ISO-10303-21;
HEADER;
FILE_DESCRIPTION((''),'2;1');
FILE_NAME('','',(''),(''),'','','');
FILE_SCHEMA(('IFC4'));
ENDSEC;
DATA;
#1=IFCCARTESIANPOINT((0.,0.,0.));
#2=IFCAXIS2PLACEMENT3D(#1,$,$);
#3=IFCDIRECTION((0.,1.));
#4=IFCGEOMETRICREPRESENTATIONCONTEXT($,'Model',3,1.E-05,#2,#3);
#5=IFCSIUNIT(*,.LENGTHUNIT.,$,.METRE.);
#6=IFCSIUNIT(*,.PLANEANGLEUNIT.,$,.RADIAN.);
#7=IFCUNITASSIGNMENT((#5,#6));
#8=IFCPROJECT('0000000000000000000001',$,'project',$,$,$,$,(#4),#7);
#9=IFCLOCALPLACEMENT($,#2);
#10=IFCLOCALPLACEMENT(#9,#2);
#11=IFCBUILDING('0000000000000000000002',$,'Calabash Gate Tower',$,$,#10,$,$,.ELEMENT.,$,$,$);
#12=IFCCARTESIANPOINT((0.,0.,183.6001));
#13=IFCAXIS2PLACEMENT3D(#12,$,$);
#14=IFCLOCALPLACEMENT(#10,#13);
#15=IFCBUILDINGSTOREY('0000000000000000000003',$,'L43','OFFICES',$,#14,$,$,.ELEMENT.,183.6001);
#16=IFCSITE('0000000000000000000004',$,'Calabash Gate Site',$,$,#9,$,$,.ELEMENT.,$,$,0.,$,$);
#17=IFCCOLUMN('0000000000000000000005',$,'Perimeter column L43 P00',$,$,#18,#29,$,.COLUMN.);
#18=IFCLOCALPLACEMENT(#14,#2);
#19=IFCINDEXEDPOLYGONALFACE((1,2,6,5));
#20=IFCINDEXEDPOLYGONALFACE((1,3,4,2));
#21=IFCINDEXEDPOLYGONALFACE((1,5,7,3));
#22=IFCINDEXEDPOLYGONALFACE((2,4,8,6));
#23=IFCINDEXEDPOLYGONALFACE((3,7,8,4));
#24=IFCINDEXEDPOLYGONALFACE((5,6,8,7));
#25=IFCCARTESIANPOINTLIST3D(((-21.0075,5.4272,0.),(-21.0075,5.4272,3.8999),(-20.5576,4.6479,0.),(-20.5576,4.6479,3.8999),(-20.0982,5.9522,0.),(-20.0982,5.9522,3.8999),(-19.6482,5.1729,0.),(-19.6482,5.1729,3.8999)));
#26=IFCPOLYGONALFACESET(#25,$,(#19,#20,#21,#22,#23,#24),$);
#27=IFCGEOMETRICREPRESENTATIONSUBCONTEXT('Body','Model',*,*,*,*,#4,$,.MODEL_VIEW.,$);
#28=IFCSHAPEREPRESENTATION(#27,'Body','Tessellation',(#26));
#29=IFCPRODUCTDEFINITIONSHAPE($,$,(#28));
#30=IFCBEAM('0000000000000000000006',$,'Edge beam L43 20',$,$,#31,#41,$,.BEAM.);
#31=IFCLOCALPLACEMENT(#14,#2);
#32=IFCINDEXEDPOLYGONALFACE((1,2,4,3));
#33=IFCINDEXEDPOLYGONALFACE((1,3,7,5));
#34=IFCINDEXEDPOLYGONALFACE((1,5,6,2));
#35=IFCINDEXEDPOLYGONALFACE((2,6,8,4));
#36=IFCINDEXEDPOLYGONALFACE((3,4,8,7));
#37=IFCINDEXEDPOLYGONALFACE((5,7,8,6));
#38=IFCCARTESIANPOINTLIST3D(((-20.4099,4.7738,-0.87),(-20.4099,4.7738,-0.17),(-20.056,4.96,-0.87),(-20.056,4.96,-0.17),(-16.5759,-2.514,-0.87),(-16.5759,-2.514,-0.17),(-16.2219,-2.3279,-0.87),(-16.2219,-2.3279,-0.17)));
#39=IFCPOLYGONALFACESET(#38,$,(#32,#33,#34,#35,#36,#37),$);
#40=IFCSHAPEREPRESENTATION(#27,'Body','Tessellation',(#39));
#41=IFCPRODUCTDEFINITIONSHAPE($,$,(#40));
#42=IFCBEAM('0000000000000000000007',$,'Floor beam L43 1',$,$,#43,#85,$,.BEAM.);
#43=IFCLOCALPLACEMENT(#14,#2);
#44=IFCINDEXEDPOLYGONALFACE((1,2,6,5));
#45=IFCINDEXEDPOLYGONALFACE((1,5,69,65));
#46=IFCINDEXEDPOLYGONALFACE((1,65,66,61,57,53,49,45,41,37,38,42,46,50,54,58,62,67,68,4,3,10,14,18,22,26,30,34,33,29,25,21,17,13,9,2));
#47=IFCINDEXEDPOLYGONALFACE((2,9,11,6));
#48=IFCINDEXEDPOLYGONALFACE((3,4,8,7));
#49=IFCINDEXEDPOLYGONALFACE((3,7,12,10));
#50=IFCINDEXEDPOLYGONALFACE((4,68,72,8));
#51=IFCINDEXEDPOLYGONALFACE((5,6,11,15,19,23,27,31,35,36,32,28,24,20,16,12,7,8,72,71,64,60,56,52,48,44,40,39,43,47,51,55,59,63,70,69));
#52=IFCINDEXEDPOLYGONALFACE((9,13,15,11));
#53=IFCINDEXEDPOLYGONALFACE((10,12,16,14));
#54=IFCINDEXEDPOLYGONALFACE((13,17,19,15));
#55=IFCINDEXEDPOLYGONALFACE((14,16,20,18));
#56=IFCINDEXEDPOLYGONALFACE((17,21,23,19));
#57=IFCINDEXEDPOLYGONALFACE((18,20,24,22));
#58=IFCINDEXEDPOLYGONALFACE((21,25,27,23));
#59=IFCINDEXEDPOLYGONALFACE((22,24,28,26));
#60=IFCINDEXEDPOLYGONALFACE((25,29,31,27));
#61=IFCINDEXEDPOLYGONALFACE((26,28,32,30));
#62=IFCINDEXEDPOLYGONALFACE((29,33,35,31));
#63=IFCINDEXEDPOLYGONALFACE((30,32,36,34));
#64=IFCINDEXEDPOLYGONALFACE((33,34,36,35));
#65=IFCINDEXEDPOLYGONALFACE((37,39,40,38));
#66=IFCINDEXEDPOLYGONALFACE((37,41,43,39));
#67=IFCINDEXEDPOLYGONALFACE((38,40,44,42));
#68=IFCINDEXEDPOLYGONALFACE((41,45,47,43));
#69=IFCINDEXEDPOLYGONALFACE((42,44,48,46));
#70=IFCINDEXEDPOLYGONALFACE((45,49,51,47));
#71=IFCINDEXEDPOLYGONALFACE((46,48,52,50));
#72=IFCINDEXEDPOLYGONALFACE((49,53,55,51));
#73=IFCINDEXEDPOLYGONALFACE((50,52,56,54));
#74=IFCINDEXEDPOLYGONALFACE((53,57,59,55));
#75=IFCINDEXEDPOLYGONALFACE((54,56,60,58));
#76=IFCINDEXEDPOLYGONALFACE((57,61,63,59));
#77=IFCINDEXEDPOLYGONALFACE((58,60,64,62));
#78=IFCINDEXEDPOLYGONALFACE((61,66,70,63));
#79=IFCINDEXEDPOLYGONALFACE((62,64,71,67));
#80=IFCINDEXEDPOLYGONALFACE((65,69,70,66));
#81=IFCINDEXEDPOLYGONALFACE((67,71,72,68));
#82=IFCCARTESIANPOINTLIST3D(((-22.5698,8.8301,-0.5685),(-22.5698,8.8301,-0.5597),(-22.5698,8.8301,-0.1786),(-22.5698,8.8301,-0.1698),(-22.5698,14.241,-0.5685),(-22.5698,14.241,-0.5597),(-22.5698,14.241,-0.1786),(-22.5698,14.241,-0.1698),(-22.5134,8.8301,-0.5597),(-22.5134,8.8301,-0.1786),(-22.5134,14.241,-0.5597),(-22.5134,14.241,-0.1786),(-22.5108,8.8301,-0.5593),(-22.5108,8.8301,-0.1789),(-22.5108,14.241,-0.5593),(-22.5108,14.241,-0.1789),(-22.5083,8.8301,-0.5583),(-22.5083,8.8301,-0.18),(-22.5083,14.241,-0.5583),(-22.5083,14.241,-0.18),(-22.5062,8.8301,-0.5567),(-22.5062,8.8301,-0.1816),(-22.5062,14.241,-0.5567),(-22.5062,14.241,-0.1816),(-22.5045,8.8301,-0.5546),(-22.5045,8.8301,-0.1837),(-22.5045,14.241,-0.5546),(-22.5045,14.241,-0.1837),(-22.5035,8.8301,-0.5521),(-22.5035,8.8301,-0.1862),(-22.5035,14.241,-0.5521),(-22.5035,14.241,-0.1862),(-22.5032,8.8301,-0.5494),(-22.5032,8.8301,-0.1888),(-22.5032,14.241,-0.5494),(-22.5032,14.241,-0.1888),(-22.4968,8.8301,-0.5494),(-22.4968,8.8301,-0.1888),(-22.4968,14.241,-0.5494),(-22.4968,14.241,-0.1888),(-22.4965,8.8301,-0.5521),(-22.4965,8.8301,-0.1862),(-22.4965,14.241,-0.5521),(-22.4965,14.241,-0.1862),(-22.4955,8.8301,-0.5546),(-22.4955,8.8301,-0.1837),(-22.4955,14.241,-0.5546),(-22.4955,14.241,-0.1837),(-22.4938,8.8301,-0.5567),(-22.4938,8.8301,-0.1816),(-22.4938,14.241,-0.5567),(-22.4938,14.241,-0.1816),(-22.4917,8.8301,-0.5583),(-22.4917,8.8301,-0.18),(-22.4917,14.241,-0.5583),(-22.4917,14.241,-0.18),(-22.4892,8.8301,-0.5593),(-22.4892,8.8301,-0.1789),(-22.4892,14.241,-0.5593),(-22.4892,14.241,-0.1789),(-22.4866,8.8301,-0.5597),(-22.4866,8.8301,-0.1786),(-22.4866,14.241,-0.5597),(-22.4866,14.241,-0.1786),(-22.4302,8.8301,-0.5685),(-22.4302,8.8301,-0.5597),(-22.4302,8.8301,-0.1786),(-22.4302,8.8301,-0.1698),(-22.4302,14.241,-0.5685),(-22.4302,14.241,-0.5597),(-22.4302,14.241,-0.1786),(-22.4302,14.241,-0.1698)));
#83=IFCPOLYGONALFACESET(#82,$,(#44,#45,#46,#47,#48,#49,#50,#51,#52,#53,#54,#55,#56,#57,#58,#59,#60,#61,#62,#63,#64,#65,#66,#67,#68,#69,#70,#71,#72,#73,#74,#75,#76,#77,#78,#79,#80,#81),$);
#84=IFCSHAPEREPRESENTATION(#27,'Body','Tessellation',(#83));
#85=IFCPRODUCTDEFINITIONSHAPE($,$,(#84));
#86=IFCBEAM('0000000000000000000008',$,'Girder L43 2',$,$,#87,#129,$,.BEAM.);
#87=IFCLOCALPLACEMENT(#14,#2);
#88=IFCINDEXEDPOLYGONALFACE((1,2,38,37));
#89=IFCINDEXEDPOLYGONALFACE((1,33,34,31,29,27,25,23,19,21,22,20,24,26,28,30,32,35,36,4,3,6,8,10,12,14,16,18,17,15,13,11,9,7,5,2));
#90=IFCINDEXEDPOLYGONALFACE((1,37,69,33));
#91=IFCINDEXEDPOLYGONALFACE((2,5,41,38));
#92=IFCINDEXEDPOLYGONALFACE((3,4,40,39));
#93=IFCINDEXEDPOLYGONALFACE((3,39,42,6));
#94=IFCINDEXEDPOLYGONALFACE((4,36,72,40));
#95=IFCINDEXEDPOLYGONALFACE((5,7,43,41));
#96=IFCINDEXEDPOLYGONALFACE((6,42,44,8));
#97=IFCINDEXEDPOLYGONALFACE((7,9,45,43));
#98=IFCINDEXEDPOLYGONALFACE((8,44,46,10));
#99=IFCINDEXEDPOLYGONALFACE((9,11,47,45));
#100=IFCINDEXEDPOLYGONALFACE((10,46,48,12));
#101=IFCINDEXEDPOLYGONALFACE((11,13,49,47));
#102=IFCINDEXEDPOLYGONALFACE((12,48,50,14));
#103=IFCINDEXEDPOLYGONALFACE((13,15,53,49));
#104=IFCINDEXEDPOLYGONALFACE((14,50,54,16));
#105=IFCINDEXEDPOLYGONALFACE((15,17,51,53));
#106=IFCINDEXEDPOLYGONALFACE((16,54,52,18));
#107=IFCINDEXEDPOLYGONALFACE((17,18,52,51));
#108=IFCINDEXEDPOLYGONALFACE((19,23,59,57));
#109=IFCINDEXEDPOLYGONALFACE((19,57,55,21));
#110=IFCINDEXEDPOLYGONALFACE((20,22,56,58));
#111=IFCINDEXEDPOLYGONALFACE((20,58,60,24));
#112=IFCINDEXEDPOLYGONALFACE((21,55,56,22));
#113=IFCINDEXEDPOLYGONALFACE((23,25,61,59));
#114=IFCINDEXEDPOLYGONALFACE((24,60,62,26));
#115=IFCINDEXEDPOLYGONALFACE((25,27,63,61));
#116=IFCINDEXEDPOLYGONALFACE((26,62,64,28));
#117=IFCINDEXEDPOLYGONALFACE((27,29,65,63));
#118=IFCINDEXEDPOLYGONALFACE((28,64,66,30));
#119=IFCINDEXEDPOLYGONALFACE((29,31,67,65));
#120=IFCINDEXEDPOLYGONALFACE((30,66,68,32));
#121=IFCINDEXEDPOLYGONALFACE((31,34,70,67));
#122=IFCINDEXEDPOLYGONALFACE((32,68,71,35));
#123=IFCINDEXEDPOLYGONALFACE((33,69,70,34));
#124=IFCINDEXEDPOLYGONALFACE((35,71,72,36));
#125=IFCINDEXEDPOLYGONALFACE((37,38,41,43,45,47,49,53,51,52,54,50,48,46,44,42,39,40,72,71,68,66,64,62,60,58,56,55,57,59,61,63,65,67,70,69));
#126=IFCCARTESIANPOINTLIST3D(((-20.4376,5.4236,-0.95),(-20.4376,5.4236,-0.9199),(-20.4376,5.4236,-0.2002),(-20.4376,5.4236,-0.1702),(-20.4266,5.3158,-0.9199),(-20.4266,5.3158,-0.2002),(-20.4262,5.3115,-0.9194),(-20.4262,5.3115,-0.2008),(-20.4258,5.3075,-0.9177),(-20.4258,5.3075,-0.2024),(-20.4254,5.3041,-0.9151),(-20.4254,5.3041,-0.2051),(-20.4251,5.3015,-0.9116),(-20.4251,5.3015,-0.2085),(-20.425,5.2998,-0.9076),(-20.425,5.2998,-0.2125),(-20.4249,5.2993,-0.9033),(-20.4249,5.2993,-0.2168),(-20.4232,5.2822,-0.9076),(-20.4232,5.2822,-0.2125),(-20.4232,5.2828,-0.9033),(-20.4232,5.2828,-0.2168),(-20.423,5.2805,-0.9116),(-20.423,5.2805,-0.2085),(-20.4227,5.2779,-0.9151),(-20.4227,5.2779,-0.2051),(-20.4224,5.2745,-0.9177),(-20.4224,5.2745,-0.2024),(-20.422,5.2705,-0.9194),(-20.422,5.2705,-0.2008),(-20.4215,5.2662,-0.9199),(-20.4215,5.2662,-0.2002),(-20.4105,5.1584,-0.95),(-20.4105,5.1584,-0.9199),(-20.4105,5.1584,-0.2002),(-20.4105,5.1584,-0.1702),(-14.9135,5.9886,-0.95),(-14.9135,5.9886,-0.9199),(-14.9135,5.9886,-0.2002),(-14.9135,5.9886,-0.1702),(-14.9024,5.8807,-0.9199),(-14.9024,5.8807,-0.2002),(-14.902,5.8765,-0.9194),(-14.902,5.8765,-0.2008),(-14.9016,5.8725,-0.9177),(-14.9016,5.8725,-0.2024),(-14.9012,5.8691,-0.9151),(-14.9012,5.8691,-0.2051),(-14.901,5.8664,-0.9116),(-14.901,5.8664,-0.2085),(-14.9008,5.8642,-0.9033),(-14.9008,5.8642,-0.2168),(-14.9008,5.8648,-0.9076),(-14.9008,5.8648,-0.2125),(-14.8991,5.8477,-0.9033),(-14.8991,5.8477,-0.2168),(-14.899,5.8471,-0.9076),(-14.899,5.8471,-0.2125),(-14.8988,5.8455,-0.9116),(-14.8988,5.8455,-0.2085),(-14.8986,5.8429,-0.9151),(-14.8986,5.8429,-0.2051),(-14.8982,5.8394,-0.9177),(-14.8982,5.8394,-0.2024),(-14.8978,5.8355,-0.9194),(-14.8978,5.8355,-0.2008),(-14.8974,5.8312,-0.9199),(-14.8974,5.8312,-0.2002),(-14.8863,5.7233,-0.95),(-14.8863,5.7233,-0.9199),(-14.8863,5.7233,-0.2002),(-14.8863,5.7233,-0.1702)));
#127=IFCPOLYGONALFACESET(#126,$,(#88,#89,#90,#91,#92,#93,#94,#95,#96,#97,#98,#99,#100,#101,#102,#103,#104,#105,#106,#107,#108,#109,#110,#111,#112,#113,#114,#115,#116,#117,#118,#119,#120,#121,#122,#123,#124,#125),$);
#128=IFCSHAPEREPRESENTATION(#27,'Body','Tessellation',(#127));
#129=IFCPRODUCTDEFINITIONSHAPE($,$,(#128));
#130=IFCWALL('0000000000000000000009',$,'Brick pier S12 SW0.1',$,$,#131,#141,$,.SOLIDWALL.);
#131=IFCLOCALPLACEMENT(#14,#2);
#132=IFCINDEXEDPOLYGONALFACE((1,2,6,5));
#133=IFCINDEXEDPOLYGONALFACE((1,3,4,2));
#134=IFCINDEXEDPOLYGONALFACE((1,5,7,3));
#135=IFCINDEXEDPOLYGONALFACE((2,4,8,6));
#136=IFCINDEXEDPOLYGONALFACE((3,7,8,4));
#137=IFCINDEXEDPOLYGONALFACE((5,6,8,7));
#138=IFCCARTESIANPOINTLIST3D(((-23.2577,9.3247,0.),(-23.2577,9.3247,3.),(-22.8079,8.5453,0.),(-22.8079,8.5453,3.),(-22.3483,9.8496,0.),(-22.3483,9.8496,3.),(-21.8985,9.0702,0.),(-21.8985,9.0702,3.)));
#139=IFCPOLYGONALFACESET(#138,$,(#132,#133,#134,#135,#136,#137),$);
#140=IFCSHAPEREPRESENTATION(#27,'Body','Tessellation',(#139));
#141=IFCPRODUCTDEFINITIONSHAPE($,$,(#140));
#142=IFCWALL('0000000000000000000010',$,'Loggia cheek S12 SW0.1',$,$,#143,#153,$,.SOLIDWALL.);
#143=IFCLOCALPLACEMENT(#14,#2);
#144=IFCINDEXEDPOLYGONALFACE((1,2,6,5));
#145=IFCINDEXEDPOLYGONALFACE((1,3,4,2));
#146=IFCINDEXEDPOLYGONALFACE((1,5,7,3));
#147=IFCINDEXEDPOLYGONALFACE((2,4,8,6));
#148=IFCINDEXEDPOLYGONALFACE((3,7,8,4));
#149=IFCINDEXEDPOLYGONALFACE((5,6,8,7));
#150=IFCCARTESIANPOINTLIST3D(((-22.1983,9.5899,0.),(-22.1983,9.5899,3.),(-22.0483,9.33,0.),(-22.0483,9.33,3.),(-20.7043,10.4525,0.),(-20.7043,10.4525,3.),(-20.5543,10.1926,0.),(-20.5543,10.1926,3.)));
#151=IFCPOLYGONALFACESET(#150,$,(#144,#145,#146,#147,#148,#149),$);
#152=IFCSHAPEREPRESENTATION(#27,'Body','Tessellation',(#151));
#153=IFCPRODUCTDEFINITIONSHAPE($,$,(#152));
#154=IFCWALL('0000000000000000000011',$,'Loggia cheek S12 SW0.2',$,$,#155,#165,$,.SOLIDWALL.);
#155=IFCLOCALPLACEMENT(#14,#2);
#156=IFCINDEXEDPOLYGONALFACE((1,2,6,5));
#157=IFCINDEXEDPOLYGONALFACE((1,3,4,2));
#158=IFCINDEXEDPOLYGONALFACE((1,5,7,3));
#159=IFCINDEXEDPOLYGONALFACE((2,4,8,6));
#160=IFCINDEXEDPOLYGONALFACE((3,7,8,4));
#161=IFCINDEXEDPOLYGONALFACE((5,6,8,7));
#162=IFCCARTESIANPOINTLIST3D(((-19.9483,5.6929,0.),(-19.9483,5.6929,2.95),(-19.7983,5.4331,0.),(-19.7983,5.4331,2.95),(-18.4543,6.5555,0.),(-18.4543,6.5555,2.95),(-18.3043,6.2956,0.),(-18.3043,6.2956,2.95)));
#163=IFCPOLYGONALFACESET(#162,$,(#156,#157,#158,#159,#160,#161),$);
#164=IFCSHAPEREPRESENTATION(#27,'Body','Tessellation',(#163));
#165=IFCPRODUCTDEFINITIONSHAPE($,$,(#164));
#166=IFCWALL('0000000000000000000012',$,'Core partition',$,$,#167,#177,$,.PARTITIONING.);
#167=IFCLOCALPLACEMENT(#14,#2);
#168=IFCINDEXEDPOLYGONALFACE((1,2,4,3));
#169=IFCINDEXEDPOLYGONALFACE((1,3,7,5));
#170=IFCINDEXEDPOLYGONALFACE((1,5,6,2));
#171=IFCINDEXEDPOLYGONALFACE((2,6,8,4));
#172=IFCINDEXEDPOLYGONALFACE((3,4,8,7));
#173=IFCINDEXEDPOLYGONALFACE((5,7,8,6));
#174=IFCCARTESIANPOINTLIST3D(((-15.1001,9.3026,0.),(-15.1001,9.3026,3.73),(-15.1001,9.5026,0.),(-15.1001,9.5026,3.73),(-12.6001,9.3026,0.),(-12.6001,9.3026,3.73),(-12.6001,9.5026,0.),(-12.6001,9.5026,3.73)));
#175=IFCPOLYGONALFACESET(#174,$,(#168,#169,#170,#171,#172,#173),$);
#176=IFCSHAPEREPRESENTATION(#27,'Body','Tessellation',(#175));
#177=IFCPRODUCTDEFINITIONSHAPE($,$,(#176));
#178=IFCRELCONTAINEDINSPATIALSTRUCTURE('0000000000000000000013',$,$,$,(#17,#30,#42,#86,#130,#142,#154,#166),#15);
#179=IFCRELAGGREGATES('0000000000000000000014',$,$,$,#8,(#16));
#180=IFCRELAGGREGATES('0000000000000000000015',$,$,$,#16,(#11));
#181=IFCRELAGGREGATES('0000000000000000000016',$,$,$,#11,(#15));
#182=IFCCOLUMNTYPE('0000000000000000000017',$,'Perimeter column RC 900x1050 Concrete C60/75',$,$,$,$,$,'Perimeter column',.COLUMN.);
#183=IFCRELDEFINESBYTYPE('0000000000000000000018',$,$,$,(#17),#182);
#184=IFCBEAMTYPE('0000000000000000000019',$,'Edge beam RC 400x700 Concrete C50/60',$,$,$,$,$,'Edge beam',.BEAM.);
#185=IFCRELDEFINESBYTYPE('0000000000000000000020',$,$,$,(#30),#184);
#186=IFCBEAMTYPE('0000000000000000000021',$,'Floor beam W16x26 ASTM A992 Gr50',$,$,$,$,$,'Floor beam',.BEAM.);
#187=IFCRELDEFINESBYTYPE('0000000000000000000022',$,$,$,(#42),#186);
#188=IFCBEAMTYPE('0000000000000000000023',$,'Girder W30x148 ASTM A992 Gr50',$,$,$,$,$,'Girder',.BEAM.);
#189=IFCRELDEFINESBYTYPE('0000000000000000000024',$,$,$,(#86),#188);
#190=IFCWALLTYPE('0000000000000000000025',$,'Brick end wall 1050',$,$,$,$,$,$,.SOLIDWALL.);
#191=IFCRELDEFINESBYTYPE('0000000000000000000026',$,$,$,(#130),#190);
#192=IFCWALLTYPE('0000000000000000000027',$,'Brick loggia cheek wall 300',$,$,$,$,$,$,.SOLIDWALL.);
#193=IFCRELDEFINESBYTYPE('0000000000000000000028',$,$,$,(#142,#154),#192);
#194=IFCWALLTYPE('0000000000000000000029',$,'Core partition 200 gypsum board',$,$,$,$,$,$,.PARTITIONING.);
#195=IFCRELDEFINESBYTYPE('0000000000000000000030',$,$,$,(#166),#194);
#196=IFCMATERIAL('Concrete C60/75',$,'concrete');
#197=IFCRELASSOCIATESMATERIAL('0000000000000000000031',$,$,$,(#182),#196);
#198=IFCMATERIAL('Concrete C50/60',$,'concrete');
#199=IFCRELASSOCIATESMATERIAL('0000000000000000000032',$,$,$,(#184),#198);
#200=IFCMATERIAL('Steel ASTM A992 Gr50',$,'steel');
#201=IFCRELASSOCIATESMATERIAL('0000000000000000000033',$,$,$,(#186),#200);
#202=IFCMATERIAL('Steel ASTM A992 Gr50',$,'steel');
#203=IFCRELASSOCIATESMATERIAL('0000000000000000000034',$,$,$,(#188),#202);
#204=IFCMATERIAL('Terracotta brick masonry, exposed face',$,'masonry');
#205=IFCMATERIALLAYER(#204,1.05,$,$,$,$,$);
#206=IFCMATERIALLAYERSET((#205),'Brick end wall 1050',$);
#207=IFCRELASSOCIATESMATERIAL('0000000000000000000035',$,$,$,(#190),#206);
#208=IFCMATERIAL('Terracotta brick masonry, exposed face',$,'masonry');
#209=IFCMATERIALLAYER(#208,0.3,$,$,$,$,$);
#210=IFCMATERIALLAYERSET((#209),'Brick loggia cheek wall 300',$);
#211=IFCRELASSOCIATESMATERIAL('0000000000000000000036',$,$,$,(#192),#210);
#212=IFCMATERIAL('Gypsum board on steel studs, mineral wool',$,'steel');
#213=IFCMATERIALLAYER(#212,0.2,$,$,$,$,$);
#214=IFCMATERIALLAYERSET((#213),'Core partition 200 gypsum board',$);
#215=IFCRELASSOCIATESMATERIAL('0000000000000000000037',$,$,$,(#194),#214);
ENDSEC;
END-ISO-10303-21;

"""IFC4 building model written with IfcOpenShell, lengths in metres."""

from ifc_helpers import new_model, si_unit, direction, frame, frame_2d, origin, origin_2d, place, context, subcontext, project, spatial, rectangle, i_section, extrude, material, layer, layer_set, material_profile, profile_set, type_object, element, save


model = new_model("IFC4")

# Units and contexts
model_context = context("Model", 3, precision=1e-05, world=origin(), true_north=direction((0.0, 1.0)))
body_context = subcontext(model_context, "Body", "Model", "MODEL_VIEW")
ifc_project = project(units=[si_unit("LENGTHUNIT", "METRE"), si_unit("PLANEANGLEUNIT", "RADIAN")], contexts=[model_context])

# Site, building, storey
site_placement = place(None, origin())
site = spatial("IfcSite", under=ifc_project, at=site_placement, Name="Calabash Gate Site", CompositionType="ELEMENT", RefElevation=0.0)
building_placement = place(site_placement, origin())
building = spatial("IfcBuilding", under=site, at=building_placement, Name="Calabash Gate Tower", CompositionType="ELEMENT")
storey_placement = place(building_placement, frame((0.0, 0.0, 183.6001)))
storey = spatial("IfcBuildingStorey", under=building, at=storey_placement, Name="L43", Description="OFFICES", CompositionType="ELEMENT", Elevation=183.6001)

# Column
ifc_material_1 = material(Name="Concrete C60/75", Category="concrete")
ifc_material_profile_1 = material_profile(ifc_material_1, rectangle(XDim=0.8999, YDim=1.05, at=origin_2d()))
ifc_profile_set_1 = profile_set([ifc_material_profile_1], Name="Concrete C60/75")
column_type = type_object("IfcColumnType", Name="Perimeter column RC 900x1050 Concrete C60/75", ElementType="Perimeter column", PredefinedType="COLUMN", material=ifc_profile_set_1)
column_placement = place(storey_placement, frame((-20.3279, 5.3, 0.0), z_axis=(0.0, 0.0, 1.0), x_axis=(0.5, -0.866025, 0.0)))
element("IfcColumn", 1, at=column_placement, inside=storey, type_object=column_type, Name="Perimeter column L43 P00", PredefinedType="COLUMN", context=body_context, shape_type="SweptSolid", body=[
    extrude(rectangle(XDim=0.8999, YDim=1.05, at=origin_2d()), origin(), (0.0, 0.0, 1.0), 3.8999),
])

# Beams
ifc_material_2 = material(Name="Concrete C50/60", Category="concrete")
ifc_material_profile_2 = material_profile(ifc_material_2, rectangle(XDim=0.3999, YDim=0.7, at=origin_2d()))
ifc_profile_set_2 = profile_set([ifc_material_profile_2], Name="Concrete C50/60")
beam_type_1 = type_object("IfcBeamType", Name="Edge beam RC 400x700 Concrete C50/60", ElementType="Edge beam", PredefinedType="BEAM", material=ifc_profile_set_2)
beam_1_placement = place(storey_placement, frame((-20.2329, 4.8669, -0.52), z_axis=(0.465583, -0.885004, 0.0), x_axis=(0.885004, 0.465583, 0.0)))
element("IfcBeam", 2, at=beam_1_placement, inside=storey, type_object=beam_type_1, Name="Edge beam L43 20", PredefinedType="BEAM", context=body_context, shape_type="SweptSolid", body=[
    extrude(rectangle(XDim=0.3999, YDim=0.7, at=origin_2d()), origin(), (0.0, 0.0, 1.0), 8.2349),
])
ifc_material_3 = material(Name="Steel ASTM A992 Gr50", Category="steel")
ifc_material_profile_3 = material_profile(ifc_material_3, i_section(OverallWidth=0.1396, OverallDepth=0.3987, WebThickness=0.0063, FlangeThickness=0.0088, FilletRadius=0.0103, at=origin_2d()))
ifc_profile_set_3 = profile_set([ifc_material_profile_3], Name="Steel ASTM A992 Gr50")
beam_type_2 = type_object("IfcBeamType", Name="Floor beam W16x26 ASTM A992 Gr50", ElementType="Floor beam", PredefinedType="BEAM", material=ifc_profile_set_3)
beam_2_placement = place(storey_placement, frame((-22.5, 8.8301, -0.3691), z_axis=(0.0, 1.0, 0.0), x_axis=(-1.0, 0.0, 0.0)))
element("IfcBeam", 3, at=beam_2_placement, inside=storey, type_object=beam_type_2, Name="Floor beam L43 1", PredefinedType="BEAM", context=body_context, shape_type="SweptSolid", body=[
    extrude(i_section(OverallWidth=0.1396, OverallDepth=0.3987, WebThickness=0.0063, FlangeThickness=0.0088, FilletRadius=0.0103, at=origin_2d()), origin(), (0.0, 0.0, 1.0), 5.4109),
])
ifc_material_4 = material(Name="Steel ASTM A992 Gr50", Category="steel")
ifc_material_profile_4 = material_profile(ifc_material_4, i_section(OverallWidth=0.2666, OverallDepth=0.7798, WebThickness=0.0166, FlangeThickness=0.03, FilletRadius=0.0166, at=origin_2d()))
ifc_profile_set_4 = profile_set([ifc_material_profile_4], Name="Steel ASTM A992 Gr50")
beam_type_3 = type_object("IfcBeamType", Name="Girder W30x148 ASTM A992 Gr50", ElementType="Girder", PredefinedType="BEAM", material=ifc_profile_set_4)
beam_3_placement = place(storey_placement, frame((-20.4241, 5.291, -0.5601), z_axis=(0.994811, 0.101737, 0.0), x_axis=(-0.101737, 0.994811, 0.0)))
element("IfcBeam", 4, at=beam_3_placement, inside=storey, type_object=beam_type_3, Name="Girder L43 2", PredefinedType="BEAM", context=body_context, shape_type="SweptSolid", body=[
    extrude(i_section(OverallWidth=0.2666, OverallDepth=0.7798, WebThickness=0.0166, FlangeThickness=0.03, FilletRadius=0.0166, at=origin_2d()), origin(), (0.0, 0.0, 1.0), 5.553),
])

# Walls
ifc_material_5 = material(Name="Terracotta brick masonry, exposed face", Category="masonry")
ifc_layer_1 = layer(ifc_material_5, 1.05)
ifc_layer_set_1 = layer_set([ifc_layer_1], Name="Brick end wall 1050")
wall_type_1 = type_object("IfcWallType", Name="Brick end wall 1050", PredefinedType="SOLIDWALL", material=ifc_layer_set_1)
wall_1_placement = place(storey_placement, frame((-23.0327, 8.9351, 0.0), z_axis=(0.0, 0.0, 1.0), x_axis=(0.866089, 0.49989, 0.0)))
element("IfcWall", 5, at=wall_1_placement, inside=storey, type_object=wall_type_1, Name="Brick pier S12 SW0.1", PredefinedType="SOLIDWALL", context=body_context, shape_type="SweptSolid", body=[
    extrude(rectangle(XDim=1.05, YDim=0.8999, at=frame_2d((0.5249, 0.0))), origin(), (0.0, 0.0, 1.0), 3.0),
])
ifc_material_6 = material(Name="Terracotta brick masonry, exposed face", Category="masonry")
ifc_layer_2 = layer(ifc_material_6, 0.3)
ifc_layer_set_2 = layer_set([ifc_layer_2], Name="Brick loggia cheek wall 300")
wall_type_2 = type_object("IfcWallType", Name="Brick loggia cheek wall 300", PredefinedType="SOLIDWALL", material=ifc_layer_set_2)
wall_2_placement = place(storey_placement, frame((-22.1233, 9.46, 0.0), z_axis=(0.0, 0.0, 1.0), x_axis=(0.866014, 0.500021, 0.0)))
element("IfcWall", 6, at=wall_2_placement, inside=storey, type_object=wall_type_2, Name="Loggia cheek S12 SW0.1", PredefinedType="SOLIDWALL", context=body_context, shape_type="SweptSolid", body=[
    extrude(rectangle(XDim=1.7251, YDim=0.3, at=frame_2d((0.8625, 0.0))), origin(), (0.0, 0.0, 1.0), 3.0),
])
wall_3_placement = place(storey_placement, frame((-19.8733, 5.563, 0.0), z_axis=(0.0, 0.0, 1.0), x_axis=(0.866014, 0.500021, 0.0)))
element("IfcWall", 7, at=wall_3_placement, inside=storey, type_object=wall_type_2, Name="Loggia cheek S12 SW0.2", PredefinedType="SOLIDWALL", context=body_context, shape_type="SweptSolid", body=[
    extrude(rectangle(XDim=1.7251, YDim=0.3, at=frame_2d((0.8625, 0.0))), origin(), (0.0, 0.0, 1.0), 2.95),
])
ifc_material_7 = material(Name="Gypsum board on steel studs, mineral wool", Category="steel")
ifc_layer_3 = layer(ifc_material_7, 0.2)
ifc_layer_set_3 = layer_set([ifc_layer_3], Name="Core partition 200 gypsum board")
wall_type_3 = type_object("IfcWallType", Name="Core partition 200 gypsum board", PredefinedType="PARTITIONING", material=ifc_layer_set_3)
wall_4_placement = place(storey_placement, frame((-15.1001, 9.4026, 0.0), z_axis=(0.0, 0.0, 1.0), x_axis=(1.0, 0.0, 0.0)))
element("IfcWall", 8, at=wall_4_placement, inside=storey, type_object=wall_type_3, Name="Core partition", PredefinedType="PARTITIONING", context=body_context, shape_type="SweptSolid", body=[
    extrude(rectangle(XDim=2.5, YDim=0.2, at=frame_2d((1.25, 0.0))), origin(), (0.0, 0.0, 1.0), 3.73),
])

save(model, "model.ifc")
